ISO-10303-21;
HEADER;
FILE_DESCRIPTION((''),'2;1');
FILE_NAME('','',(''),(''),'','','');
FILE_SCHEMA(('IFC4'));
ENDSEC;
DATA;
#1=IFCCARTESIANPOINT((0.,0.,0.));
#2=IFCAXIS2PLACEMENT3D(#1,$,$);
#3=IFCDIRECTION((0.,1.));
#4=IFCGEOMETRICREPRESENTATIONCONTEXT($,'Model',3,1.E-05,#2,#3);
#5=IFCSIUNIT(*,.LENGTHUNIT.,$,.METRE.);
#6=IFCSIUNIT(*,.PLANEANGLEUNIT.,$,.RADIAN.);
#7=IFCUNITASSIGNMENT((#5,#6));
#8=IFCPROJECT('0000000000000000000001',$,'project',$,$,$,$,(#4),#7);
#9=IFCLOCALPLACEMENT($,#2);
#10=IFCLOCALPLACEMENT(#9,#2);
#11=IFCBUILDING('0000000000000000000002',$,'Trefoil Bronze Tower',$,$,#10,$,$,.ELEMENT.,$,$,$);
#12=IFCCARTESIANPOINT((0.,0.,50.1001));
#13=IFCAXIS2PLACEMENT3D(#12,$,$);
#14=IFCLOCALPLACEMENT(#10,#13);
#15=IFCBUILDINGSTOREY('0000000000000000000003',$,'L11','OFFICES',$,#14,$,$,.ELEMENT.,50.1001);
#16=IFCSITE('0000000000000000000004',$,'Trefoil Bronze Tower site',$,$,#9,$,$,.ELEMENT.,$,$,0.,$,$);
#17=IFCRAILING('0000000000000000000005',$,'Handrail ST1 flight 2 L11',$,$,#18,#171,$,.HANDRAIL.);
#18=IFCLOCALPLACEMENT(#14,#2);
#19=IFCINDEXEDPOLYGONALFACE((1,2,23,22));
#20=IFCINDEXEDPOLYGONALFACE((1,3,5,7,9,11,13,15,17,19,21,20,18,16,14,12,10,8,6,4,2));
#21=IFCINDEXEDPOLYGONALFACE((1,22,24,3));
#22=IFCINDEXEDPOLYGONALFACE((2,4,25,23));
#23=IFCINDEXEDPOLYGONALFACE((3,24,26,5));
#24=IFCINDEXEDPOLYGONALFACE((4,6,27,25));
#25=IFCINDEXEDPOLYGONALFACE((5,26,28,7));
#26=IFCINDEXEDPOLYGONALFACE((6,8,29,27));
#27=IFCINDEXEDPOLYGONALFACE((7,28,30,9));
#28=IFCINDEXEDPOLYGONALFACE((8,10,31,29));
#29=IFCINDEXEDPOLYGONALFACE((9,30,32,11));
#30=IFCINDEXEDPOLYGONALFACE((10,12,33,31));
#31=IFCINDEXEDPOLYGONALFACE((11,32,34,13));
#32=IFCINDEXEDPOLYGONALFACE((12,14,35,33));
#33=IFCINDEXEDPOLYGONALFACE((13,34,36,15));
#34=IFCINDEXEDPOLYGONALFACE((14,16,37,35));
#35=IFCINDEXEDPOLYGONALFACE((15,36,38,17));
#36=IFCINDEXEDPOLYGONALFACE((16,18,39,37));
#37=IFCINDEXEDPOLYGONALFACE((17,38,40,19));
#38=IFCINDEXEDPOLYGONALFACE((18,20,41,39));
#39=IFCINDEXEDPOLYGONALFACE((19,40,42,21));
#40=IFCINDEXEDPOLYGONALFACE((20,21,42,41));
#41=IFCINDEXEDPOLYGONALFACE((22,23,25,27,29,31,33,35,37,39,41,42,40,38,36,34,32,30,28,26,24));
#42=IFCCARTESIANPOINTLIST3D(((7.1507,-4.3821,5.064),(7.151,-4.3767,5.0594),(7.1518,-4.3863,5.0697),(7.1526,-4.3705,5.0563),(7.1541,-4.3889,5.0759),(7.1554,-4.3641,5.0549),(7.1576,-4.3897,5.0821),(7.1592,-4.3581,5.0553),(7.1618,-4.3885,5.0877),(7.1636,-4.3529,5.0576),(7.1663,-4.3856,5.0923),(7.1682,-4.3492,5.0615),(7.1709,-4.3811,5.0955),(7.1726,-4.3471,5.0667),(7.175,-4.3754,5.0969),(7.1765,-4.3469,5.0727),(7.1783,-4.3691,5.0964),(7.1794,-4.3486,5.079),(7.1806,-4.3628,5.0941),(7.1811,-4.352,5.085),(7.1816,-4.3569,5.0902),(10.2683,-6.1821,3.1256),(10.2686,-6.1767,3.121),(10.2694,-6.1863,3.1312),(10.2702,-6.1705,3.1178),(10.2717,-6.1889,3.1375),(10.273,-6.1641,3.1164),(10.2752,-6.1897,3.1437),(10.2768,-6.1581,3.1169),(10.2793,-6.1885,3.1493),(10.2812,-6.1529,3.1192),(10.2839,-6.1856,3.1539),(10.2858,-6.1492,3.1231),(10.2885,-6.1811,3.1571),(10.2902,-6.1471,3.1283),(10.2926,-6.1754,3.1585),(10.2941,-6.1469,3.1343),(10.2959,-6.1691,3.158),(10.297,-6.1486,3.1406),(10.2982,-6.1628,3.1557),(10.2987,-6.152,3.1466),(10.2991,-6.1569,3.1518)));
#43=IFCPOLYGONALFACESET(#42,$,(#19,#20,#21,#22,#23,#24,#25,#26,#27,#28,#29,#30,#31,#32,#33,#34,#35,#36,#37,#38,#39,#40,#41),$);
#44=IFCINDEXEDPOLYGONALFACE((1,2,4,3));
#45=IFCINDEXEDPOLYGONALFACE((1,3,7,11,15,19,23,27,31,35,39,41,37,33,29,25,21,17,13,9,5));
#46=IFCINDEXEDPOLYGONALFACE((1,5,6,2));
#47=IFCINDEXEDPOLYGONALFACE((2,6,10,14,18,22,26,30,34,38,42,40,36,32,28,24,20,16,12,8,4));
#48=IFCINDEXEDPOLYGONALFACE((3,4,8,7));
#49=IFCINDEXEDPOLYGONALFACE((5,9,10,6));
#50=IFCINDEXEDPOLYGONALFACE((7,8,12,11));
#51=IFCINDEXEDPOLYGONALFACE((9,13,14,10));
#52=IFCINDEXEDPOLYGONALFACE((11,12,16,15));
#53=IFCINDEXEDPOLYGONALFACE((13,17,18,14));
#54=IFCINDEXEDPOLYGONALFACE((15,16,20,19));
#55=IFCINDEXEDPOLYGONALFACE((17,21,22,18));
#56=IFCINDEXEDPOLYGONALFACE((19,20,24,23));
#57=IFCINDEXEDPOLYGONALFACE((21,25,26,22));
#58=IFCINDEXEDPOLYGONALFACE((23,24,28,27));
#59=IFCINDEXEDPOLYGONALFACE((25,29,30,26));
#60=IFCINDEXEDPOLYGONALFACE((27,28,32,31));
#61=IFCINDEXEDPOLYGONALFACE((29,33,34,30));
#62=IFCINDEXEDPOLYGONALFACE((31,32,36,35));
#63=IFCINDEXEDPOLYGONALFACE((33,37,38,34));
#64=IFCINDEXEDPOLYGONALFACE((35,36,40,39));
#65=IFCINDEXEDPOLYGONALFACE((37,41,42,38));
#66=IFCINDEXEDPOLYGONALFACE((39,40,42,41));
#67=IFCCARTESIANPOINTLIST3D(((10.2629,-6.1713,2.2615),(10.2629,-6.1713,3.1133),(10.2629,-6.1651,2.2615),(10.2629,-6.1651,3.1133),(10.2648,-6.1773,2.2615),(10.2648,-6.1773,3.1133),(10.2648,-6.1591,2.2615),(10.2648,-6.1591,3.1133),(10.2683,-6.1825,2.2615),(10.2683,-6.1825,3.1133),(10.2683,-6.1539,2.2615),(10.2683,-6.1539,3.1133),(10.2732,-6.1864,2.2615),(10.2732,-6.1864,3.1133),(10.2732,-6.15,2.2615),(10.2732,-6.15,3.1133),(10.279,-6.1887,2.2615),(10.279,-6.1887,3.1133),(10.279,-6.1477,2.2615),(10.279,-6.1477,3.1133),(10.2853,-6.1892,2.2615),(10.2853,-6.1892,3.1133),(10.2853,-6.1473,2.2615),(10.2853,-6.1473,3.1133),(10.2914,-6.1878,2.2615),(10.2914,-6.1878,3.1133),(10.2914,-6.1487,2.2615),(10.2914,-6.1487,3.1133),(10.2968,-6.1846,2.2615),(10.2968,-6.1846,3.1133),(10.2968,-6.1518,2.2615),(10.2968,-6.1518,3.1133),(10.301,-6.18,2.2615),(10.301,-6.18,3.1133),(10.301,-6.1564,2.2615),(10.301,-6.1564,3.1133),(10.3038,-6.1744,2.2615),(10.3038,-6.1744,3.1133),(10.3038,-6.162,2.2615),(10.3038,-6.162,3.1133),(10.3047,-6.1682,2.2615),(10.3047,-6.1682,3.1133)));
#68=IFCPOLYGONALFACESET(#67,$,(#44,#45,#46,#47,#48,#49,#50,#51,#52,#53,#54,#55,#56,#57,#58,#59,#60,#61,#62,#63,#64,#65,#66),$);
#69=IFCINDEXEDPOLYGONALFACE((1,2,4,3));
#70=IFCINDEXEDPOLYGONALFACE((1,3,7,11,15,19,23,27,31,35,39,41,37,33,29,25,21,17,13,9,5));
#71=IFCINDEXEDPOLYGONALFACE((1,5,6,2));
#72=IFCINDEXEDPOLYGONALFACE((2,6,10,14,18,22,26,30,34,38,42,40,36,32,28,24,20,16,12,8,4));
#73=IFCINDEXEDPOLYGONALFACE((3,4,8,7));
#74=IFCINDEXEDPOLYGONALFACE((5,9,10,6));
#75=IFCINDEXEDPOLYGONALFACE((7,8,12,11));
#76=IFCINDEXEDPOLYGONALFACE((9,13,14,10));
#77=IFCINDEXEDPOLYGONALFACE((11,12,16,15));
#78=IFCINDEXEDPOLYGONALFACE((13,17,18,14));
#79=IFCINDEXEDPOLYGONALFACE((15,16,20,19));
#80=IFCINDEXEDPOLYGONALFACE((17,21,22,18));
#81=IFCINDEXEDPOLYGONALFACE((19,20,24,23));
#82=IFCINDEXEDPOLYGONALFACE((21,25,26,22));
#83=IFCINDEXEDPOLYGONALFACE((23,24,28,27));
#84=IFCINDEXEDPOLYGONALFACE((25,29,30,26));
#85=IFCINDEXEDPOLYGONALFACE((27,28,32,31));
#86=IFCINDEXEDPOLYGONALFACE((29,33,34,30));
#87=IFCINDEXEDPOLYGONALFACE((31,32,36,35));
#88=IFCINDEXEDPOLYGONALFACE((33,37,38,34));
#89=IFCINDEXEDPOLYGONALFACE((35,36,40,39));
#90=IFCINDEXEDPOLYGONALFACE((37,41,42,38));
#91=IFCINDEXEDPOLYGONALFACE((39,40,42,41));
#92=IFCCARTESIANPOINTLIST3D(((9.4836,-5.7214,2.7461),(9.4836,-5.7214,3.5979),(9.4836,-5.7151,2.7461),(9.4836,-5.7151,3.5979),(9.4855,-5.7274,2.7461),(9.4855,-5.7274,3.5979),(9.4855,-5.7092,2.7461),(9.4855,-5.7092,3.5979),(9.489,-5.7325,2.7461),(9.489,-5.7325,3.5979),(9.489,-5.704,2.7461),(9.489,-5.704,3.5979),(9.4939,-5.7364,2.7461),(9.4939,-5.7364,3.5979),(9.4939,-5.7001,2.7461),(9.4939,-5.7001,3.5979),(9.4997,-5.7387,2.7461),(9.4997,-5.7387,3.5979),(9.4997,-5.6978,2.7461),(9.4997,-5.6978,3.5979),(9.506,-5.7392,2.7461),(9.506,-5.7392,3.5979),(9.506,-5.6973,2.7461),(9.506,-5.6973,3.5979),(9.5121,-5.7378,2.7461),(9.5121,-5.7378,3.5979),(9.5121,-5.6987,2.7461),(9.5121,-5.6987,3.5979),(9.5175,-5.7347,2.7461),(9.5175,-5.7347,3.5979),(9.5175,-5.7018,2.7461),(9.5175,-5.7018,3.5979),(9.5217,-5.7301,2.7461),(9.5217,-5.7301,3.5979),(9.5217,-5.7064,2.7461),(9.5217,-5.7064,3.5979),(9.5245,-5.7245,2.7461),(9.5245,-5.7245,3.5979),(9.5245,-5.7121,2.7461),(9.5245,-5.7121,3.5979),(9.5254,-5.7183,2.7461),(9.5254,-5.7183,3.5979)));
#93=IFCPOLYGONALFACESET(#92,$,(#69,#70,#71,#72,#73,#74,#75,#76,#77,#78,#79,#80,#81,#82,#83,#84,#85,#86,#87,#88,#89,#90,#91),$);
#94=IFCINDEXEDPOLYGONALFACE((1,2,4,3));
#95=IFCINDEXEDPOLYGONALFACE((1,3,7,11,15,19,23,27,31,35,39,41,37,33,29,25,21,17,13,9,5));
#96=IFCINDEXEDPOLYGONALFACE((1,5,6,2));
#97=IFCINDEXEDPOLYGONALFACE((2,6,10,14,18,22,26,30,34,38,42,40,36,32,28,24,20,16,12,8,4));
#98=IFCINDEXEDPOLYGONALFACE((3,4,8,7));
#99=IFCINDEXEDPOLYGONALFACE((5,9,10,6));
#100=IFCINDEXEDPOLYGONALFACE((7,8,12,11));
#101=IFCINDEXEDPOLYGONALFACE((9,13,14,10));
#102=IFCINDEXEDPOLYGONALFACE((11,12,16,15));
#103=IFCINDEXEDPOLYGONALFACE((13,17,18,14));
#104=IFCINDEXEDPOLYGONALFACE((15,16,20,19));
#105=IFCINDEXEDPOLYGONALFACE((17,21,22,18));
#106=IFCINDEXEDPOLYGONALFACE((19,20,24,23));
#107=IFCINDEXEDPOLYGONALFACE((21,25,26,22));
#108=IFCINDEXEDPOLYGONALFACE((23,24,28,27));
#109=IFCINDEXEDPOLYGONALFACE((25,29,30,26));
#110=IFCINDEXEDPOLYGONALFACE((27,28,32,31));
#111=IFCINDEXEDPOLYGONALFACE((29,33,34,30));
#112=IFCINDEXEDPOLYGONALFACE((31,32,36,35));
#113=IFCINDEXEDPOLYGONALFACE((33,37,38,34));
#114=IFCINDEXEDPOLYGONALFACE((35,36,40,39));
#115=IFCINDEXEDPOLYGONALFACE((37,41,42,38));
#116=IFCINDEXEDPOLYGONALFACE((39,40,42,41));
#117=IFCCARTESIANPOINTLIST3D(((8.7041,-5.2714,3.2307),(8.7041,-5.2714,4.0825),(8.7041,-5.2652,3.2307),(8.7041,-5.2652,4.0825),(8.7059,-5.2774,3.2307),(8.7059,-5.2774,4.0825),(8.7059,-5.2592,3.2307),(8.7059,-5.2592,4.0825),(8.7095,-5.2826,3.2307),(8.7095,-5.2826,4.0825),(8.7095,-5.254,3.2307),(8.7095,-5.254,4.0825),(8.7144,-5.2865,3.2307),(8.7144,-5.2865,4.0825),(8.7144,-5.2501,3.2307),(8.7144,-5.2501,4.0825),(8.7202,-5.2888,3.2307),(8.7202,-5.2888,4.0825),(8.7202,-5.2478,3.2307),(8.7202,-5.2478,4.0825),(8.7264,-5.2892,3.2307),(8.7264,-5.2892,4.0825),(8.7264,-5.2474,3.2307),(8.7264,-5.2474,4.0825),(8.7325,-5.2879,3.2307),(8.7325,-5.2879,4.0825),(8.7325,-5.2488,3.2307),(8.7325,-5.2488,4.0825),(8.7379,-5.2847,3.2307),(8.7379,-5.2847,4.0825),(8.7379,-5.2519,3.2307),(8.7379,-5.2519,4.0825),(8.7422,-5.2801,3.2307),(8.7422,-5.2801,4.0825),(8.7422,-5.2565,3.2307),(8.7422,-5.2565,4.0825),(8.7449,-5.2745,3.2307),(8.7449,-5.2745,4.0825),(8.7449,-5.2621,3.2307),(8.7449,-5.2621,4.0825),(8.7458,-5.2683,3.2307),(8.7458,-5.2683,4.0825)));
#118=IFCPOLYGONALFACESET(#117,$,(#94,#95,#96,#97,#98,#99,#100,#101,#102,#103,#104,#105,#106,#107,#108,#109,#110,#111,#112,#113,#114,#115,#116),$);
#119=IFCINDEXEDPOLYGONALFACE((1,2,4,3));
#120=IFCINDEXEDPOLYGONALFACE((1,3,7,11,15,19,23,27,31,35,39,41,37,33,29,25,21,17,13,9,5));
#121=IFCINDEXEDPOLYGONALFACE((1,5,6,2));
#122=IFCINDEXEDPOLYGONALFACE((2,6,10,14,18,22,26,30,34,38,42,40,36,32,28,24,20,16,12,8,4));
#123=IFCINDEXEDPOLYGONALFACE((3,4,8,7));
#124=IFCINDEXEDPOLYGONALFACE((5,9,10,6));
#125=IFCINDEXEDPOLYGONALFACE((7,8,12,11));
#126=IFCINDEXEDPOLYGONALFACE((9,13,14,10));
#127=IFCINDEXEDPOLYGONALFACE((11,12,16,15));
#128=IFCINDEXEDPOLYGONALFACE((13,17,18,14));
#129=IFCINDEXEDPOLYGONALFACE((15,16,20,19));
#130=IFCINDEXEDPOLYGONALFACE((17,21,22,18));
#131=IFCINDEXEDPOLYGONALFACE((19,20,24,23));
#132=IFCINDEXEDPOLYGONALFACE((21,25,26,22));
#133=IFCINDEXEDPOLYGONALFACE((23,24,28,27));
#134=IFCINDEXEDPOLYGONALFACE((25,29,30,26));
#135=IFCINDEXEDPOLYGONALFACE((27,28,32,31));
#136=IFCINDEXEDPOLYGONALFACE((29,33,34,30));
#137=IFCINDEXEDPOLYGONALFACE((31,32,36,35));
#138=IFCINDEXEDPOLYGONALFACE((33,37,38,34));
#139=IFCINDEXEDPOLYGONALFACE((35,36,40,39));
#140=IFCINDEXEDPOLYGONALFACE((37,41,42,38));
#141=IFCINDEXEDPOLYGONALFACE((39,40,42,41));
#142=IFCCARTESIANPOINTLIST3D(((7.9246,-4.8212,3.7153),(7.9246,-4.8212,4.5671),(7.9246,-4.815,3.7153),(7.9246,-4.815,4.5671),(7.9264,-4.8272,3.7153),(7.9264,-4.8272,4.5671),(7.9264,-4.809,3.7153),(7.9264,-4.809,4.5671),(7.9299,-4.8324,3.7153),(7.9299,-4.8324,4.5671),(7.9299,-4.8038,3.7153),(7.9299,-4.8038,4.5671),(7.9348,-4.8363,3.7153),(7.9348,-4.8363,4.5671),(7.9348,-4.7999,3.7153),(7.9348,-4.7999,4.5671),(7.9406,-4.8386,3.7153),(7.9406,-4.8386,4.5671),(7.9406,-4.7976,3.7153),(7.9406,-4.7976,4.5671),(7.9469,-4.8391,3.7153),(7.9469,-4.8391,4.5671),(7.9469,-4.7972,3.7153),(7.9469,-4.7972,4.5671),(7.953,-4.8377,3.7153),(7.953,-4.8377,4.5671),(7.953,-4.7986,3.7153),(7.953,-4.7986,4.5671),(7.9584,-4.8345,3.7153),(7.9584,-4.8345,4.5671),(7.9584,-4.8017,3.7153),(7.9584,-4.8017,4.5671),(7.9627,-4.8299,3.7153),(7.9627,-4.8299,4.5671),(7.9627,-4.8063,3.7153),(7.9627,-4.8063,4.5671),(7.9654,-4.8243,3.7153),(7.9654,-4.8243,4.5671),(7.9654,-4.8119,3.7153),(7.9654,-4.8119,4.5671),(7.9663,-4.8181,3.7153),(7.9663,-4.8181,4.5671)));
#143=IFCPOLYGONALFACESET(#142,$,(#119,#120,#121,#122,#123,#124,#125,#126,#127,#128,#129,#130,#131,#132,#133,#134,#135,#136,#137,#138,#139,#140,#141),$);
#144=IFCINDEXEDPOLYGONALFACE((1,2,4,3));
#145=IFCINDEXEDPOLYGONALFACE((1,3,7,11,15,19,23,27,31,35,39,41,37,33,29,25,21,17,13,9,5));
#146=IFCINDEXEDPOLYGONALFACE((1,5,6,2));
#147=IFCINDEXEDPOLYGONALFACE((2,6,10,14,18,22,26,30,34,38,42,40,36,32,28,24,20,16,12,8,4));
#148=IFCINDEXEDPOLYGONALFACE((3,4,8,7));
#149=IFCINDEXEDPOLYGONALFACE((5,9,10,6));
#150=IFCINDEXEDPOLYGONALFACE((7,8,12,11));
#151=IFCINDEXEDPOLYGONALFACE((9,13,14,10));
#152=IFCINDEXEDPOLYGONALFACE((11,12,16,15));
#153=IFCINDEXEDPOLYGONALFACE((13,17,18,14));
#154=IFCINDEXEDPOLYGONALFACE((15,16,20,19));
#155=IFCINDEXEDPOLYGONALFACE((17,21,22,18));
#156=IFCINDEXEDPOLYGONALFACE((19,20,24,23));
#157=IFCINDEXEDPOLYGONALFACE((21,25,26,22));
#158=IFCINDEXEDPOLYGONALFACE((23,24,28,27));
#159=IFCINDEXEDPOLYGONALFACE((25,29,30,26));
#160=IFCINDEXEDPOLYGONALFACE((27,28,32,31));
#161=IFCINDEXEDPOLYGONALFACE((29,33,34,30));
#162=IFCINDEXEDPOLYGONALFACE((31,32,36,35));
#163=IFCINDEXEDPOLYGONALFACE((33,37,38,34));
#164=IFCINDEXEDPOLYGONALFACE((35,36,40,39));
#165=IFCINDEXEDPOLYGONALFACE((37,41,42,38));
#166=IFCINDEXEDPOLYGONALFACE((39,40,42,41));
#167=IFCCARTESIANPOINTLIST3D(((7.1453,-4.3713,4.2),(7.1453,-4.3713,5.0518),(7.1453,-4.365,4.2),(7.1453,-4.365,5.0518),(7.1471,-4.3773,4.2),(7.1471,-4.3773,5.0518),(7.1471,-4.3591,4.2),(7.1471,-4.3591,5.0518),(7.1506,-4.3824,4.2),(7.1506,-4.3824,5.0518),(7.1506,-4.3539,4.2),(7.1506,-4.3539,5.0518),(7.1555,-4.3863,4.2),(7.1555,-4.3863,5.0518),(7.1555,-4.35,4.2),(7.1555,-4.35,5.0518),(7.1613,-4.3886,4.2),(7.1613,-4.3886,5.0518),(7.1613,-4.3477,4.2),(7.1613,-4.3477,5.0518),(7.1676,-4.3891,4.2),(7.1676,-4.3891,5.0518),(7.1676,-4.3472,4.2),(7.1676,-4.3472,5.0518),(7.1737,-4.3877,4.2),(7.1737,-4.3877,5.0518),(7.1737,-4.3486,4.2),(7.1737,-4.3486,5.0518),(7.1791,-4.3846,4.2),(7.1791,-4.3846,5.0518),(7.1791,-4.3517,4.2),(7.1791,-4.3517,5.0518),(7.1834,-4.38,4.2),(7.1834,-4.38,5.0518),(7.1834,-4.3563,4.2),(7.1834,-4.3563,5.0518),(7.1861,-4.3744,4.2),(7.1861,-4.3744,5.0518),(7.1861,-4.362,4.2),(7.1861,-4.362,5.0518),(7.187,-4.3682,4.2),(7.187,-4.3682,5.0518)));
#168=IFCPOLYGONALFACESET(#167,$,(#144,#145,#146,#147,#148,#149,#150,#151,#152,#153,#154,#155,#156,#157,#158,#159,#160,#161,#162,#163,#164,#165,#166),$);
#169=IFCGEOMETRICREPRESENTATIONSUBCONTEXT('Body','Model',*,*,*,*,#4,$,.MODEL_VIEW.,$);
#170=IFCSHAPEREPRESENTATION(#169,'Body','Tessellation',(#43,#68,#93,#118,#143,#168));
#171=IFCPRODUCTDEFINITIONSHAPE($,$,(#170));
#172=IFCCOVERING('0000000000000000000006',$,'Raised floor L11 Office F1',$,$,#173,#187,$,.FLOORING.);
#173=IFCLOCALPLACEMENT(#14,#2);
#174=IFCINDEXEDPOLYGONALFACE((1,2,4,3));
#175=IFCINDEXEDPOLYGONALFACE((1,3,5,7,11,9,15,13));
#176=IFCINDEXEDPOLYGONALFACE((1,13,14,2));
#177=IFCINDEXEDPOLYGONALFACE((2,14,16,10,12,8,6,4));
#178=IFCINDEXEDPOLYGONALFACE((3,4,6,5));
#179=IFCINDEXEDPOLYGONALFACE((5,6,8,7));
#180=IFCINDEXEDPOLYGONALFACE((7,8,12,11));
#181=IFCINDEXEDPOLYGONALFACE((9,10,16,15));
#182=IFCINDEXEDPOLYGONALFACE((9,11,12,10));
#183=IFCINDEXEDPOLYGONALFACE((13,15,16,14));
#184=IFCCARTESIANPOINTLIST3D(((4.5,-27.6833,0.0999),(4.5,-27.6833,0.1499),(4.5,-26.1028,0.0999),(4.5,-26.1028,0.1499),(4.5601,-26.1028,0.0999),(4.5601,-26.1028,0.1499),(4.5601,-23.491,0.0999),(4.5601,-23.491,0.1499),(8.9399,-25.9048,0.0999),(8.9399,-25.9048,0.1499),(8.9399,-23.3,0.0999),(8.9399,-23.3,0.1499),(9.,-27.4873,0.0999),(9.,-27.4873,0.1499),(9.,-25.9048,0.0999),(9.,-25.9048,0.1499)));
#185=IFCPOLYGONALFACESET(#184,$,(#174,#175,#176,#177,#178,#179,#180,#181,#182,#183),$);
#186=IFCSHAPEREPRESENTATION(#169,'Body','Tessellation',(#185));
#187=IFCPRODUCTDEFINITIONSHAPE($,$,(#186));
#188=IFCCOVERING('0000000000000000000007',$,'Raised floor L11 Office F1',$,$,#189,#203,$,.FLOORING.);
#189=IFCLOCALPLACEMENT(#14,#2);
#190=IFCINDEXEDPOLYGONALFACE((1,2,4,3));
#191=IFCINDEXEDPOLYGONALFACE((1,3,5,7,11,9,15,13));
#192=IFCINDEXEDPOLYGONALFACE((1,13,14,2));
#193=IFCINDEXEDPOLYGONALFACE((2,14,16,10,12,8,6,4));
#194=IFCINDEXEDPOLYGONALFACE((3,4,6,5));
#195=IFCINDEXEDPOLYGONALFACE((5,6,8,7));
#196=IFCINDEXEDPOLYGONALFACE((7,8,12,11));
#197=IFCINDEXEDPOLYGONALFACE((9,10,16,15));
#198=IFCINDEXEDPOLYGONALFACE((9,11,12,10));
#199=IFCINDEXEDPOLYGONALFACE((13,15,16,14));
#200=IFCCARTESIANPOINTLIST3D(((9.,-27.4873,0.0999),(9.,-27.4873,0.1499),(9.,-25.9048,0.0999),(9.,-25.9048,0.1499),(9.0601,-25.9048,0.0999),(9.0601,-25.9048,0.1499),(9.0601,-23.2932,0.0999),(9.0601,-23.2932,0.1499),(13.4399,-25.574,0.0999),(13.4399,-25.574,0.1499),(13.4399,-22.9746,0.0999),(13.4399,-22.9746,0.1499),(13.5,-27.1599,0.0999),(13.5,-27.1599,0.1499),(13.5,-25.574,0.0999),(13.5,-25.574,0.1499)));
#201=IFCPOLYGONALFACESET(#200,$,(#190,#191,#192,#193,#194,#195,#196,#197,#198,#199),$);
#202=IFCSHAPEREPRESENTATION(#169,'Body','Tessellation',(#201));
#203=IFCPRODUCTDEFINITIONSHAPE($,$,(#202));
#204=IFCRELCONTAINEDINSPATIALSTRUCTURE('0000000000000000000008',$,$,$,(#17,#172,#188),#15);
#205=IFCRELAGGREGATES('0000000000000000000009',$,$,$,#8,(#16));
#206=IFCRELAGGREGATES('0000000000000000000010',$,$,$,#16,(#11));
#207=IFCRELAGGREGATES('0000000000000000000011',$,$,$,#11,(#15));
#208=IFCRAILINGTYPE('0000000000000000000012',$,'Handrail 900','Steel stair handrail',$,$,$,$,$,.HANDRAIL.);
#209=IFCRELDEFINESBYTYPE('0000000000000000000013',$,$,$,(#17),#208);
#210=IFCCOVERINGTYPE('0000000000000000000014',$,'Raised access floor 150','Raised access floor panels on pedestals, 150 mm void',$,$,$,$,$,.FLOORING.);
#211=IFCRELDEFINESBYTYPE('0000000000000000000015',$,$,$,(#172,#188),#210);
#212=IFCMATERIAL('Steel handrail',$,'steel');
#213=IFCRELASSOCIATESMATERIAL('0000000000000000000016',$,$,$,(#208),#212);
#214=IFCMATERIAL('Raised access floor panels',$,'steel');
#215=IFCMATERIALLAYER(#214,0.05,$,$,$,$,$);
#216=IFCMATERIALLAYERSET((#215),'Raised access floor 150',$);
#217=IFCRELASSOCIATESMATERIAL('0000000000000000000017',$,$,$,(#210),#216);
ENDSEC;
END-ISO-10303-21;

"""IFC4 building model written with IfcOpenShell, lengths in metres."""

from ifc_helpers import new_model, si_unit, direction, frame, origin, origin_2d, place, context, subcontext, project, spatial, polyline, circle, outline, extrude, material, layer, layer_set, type_object, element, save


model = new_model("IFC4")

# Units and contexts
model_context = context("Model", 3, precision=1e-05, world=origin(), true_north=direction((0.0, 1.0)))
body_context = subcontext(model_context, "Body", "Model", "MODEL_VIEW")
ifc_project = project(units=[si_unit("LENGTHUNIT", "METRE"), si_unit("PLANEANGLEUNIT", "RADIAN")], contexts=[model_context])

# Site, building, storey
site_placement = place(None, origin())
site = spatial("IfcSite", under=ifc_project, at=site_placement, Name="Trefoil Bronze Tower site", CompositionType="ELEMENT", RefElevation=0.0)
building_placement = place(site_placement, origin())
building = spatial("IfcBuilding", under=site, at=building_placement, Name="Trefoil Bronze Tower", CompositionType="ELEMENT")
storey_placement = place(building_placement, frame((0.0, 0.0, 50.1001)))
storey = spatial("IfcBuildingStorey", under=building, at=storey_placement, Name="L11", Description="OFFICES", CompositionType="ELEMENT", Elevation=50.1001)

# Railing
ifc_material_1 = material(Name="Steel handrail", Category="steel")
railing_type = type_object("IfcRailingType", Name="Handrail 900", Description="Steel stair handrail", PredefinedType="HANDRAIL", material=ifc_material_1)
railing_1_placement = place(storey_placement, frame((10.2837, -6.1682, 2.2615)))
element("IfcRailing", 1, at=railing_1_placement, inside=storey, type_object=railing_type, Name="Handrail ST1 flight 2 L11", PredefinedType="HANDRAIL", context=body_context, shape_type="SweptSolid", body=[
    extrude(circle(Radius=0.0239, at=origin_2d()), frame((0.0, 0.0, 0.876), z_axis=(-0.762503, 0.440246, 0.474102), x_axis=(-0.500012, -0.866018, 0.0)), (0.0, 0.0, 1.0), 4.0886),
    extrude(circle(Radius=0.021, at=origin_2d()), origin(), (0.0, 0.0, 1.0), 0.8518),
    extrude(circle(Radius=0.021, at=origin_2d()), frame((-0.7793, 0.45, 0.4846)), (0.0, 0.0, 1.0), 0.8518),
    extrude(circle(Radius=0.021, at=origin_2d()), frame((-1.5588, 0.8999, 0.9692)), (0.0, 0.0, 1.0), 0.8518),
    extrude(circle(Radius=0.021, at=origin_2d()), frame((-2.3384, 1.3501, 1.4539)), (0.0, 0.0, 1.0), 0.8518),
    extrude(circle(Radius=0.021, at=origin_2d()), frame((-3.1177, 1.8, 1.9385)), (0.0, 0.0, 1.0), 0.8518),
])

# Coverings
ifc_material_2 = material(Name="Raised access floor panels", Category="steel")
ifc_layer_1 = layer(ifc_material_2, 0.05)
ifc_layer_set_1 = layer_set([ifc_layer_1], Name="Raised access floor 150")
covering_type = type_object("IfcCoveringType", Name="Raised access floor 150", Description="Raised access floor panels on pedestals, 150 mm void", PredefinedType="FLOORING", material=ifc_layer_set_1)
covering_1_placement = place(storey_placement, frame((0.0, 0.0, 0.0999)))
element("IfcCovering", 2, at=covering_1_placement, inside=storey, type_object=covering_type, Name="Raised floor L11 Office F1", PredefinedType="FLOORING", context=body_context, shape_type="SweptSolid", body=[
    extrude(outline(polyline([(9.0, -27.4873), (4.5, -27.6833), (4.5, -26.1028), (4.5601, -26.1028), (4.5601, -23.491), (8.9399, -23.3), (8.9399, -25.9048), (9.0, -25.9048), (9.0, -27.4873)])), origin(), (0.0, 0.0, 1.0), 0.05),
])
covering_2_placement = place(storey_placement, frame((0.0, 0.0, 0.0999)))
element("IfcCovering", 3, at=covering_2_placement, inside=storey, type_object=covering_type, Name="Raised floor L11 Office F1", PredefinedType="FLOORING", context=body_context, shape_type="SweptSolid", body=[
    extrude(outline(polyline([(13.5, -27.1599), (9.0, -27.4873), (9.0, -25.9048), (9.0601, -25.9048), (9.0601, -23.2932), (13.4399, -22.9746), (13.4399, -25.574), (13.5, -25.574), (13.5, -27.1599)])), origin(), (0.0, 0.0, 1.0), 0.05),
])

save(model, "model.ifc")
